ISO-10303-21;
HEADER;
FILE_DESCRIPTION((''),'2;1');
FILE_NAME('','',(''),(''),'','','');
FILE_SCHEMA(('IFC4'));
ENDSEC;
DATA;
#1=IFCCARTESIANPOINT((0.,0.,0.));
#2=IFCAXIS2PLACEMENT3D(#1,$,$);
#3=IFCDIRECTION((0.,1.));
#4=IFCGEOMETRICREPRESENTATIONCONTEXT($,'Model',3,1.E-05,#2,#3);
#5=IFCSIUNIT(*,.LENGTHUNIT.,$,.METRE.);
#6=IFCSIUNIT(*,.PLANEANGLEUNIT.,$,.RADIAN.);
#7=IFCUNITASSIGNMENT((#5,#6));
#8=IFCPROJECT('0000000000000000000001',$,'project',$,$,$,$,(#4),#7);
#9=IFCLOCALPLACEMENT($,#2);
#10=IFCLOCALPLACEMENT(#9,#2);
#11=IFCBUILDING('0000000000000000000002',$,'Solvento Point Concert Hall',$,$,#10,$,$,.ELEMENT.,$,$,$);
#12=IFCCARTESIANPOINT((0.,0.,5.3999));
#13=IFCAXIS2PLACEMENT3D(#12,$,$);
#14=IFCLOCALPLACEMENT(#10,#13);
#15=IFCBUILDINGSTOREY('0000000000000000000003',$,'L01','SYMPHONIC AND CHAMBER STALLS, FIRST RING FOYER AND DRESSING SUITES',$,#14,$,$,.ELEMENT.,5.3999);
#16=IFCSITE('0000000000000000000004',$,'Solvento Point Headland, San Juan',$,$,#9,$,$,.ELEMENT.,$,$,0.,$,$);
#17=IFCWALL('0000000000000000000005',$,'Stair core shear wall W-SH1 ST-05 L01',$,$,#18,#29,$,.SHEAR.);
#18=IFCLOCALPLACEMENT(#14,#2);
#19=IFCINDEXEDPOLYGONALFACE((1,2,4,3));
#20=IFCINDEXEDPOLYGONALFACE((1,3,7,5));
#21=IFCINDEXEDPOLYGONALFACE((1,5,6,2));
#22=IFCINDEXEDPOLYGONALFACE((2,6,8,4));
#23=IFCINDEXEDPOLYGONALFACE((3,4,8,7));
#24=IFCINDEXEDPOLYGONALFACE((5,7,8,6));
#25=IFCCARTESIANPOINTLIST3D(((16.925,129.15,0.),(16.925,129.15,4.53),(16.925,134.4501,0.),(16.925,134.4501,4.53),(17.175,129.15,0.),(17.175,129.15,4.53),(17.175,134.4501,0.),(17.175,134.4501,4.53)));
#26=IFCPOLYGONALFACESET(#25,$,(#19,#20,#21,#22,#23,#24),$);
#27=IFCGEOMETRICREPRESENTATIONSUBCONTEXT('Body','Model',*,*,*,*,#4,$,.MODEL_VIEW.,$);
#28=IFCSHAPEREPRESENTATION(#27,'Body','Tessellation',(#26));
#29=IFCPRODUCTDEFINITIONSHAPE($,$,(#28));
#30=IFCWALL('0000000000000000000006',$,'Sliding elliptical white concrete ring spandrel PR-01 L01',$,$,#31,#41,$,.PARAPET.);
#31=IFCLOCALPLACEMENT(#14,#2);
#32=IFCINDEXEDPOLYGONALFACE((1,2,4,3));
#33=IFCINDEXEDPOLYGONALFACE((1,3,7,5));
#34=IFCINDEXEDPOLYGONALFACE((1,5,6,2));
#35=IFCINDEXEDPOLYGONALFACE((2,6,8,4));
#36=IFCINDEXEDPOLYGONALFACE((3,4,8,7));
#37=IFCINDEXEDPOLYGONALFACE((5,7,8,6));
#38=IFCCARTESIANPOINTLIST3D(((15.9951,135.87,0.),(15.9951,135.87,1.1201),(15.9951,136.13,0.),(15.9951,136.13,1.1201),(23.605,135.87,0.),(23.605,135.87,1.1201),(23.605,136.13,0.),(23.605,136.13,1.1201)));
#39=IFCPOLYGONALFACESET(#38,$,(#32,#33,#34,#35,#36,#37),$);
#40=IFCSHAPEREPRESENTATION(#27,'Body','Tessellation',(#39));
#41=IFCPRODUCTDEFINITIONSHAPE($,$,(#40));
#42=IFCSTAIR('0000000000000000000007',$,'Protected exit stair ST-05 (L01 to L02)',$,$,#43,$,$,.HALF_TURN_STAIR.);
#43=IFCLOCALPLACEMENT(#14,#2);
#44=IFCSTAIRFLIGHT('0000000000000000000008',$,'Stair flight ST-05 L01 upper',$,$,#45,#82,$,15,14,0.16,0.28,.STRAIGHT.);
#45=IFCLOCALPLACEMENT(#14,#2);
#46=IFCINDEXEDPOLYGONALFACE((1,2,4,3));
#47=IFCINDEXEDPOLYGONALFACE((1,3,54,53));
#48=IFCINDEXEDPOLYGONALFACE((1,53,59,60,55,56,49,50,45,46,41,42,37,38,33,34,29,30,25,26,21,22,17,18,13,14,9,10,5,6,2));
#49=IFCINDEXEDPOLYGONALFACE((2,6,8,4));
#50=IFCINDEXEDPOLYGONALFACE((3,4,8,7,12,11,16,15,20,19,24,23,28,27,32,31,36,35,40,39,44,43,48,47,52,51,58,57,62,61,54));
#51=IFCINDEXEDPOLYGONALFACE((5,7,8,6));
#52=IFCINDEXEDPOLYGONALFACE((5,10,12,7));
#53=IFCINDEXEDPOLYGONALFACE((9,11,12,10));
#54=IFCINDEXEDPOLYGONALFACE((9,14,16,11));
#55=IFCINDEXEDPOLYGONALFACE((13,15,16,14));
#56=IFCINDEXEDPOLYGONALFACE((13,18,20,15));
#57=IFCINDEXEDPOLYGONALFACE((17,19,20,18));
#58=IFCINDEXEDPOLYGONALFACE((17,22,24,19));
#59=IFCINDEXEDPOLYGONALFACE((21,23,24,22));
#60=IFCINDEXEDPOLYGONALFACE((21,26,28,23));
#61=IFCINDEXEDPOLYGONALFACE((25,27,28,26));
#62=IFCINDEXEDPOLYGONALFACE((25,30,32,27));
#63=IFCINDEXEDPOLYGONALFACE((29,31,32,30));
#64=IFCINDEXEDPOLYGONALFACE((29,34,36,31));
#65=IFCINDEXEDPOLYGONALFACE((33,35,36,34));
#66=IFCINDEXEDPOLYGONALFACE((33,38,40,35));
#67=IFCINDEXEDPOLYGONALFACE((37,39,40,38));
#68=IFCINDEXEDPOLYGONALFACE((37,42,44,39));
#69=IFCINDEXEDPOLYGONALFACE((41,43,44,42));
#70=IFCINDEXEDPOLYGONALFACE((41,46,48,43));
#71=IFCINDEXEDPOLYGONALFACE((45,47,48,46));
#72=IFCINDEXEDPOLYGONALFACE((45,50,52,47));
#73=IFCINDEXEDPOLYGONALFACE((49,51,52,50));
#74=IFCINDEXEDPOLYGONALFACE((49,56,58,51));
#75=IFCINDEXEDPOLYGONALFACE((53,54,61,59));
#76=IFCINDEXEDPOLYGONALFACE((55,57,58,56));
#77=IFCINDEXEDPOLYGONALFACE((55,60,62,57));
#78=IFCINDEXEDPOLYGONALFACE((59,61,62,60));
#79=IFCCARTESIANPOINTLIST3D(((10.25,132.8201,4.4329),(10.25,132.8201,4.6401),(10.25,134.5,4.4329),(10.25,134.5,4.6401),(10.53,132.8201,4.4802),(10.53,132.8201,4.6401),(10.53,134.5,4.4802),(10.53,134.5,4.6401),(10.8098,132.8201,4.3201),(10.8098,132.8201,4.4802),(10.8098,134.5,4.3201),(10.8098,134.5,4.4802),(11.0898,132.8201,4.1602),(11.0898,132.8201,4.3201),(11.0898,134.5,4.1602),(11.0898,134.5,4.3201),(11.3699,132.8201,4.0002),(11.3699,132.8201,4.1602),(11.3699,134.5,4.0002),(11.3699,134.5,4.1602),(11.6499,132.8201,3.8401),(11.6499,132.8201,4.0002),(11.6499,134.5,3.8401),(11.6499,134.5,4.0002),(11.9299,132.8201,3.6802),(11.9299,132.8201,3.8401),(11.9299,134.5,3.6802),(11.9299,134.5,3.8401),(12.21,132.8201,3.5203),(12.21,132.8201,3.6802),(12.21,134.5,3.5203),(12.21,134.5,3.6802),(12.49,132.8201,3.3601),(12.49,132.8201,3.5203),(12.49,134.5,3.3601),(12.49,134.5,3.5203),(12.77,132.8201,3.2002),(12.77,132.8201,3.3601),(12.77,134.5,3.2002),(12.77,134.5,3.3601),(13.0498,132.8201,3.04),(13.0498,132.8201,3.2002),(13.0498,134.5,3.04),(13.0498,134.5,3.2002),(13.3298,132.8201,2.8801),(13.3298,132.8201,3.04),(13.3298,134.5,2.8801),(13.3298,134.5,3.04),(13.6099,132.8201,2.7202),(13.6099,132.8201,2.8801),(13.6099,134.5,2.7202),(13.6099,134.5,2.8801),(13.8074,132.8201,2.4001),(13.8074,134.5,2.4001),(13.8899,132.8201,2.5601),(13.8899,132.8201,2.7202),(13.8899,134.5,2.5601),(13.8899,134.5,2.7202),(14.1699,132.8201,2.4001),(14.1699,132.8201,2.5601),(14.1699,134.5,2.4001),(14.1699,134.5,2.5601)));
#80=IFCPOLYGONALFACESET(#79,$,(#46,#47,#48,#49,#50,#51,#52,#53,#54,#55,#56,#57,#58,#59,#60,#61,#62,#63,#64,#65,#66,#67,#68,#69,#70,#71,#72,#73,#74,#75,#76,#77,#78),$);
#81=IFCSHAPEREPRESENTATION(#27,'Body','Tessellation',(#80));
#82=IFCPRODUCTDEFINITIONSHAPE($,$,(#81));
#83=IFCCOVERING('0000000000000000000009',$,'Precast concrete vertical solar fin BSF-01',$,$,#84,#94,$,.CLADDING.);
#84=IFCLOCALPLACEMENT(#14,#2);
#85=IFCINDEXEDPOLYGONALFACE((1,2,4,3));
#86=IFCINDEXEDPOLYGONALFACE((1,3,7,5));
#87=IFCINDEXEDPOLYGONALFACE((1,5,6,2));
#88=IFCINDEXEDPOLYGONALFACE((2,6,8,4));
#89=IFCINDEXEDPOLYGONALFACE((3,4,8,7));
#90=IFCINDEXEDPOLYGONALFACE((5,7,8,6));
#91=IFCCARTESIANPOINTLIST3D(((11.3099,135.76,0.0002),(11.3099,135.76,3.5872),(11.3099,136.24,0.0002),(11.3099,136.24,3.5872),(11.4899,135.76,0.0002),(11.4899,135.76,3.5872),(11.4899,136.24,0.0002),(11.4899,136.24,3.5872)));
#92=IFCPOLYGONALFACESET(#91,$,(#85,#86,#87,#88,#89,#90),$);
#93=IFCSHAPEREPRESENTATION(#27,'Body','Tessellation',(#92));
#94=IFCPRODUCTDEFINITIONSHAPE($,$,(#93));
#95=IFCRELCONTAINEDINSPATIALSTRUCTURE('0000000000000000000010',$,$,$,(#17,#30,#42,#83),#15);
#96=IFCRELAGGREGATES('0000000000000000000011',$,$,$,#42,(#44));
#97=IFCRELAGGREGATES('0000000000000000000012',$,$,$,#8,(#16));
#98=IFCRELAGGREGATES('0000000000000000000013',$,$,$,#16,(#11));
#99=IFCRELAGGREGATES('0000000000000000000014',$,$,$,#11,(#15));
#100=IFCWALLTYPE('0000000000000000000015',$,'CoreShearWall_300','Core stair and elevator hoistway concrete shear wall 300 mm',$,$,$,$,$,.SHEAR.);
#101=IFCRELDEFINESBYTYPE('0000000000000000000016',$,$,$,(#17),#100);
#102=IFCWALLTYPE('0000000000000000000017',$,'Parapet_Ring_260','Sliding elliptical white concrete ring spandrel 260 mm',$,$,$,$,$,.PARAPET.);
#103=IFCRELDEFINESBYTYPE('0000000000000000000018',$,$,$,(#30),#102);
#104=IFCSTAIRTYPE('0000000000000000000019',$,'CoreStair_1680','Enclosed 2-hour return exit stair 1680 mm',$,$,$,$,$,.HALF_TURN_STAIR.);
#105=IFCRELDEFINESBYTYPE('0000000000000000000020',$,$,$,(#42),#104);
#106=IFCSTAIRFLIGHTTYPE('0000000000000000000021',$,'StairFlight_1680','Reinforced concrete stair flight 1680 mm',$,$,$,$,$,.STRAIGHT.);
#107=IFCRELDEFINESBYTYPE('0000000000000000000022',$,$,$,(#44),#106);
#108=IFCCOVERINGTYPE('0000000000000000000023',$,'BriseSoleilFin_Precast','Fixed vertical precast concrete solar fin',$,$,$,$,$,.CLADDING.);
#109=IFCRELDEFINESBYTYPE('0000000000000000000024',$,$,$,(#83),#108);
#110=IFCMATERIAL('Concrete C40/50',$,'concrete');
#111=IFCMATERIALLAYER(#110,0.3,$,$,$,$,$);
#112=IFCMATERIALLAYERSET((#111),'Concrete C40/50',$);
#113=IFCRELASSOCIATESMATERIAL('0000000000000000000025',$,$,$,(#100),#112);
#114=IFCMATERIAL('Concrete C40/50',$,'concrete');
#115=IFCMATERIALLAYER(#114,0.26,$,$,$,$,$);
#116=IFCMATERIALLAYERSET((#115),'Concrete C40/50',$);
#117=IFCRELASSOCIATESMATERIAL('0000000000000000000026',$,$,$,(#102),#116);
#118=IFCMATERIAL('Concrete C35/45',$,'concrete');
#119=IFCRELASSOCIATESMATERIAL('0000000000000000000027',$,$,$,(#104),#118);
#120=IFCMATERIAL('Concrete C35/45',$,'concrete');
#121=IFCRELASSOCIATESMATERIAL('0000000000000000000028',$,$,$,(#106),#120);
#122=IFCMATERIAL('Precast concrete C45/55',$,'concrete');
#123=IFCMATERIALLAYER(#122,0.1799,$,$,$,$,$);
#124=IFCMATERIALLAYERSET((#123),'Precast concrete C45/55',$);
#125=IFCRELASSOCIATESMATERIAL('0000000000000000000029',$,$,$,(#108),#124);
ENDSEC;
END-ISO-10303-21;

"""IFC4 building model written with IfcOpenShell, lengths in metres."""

from ifc_helpers import new_model, si_unit, direction, frame, frame_2d, origin, origin_2d, place, context, subcontext, project, spatial, polyline, rectangle, outline, extrude, material, layer, layer_set, type_object, element, aggregate, save


model = new_model("IFC4")

# Units and contexts
model_context = context("Model", 3, precision=1e-05, world=origin(), true_north=direction((0.0, 1.0)))
body_context = subcontext(model_context, "Body", "Model", "MODEL_VIEW")
ifc_project = project(units=[si_unit("LENGTHUNIT", "METRE"), si_unit("PLANEANGLEUNIT", "RADIAN")], contexts=[model_context])

# Site, building, storey
site_placement = place(None, origin())
site = spatial("IfcSite", under=ifc_project, at=site_placement, Name="Solvento Point Headland, San Juan", CompositionType="ELEMENT", RefElevation=0.0)
building_placement = place(site_placement, origin())
building = spatial("IfcBuilding", under=site, at=building_placement, Name="Solvento Point Concert Hall", CompositionType="ELEMENT")
storey_placement = place(building_placement, frame((0.0, 0.0, 5.3999)))
storey = spatial("IfcBuildingStorey", under=building, at=storey_placement, Name="L01", Description="SYMPHONIC AND CHAMBER STALLS, FIRST RING FOYER AND DRESSING SUITES", CompositionType="ELEMENT", Elevation=5.3999)

# Walls
ifc_material_1 = material(Name="Concrete C40/50", Category="concrete")
ifc_layer_1 = layer(ifc_material_1, 0.3)
ifc_layer_set_1 = layer_set([ifc_layer_1], Name="Concrete C40/50")
wall_type_1 = type_object("IfcWallType", Name="CoreShearWall_300", Description="Core stair and elevator hoistway concrete shear wall 300 mm", PredefinedType="SHEAR", material=ifc_layer_set_1)
wall_1_placement = place(storey_placement, frame((17.05, 134.45, 0.0), z_axis=(0.0, 0.0, 1.0), x_axis=(0.0, -1.0, 0.0)))
element("IfcWall", 1, at=wall_1_placement, inside=storey, type_object=wall_type_1, Name="Stair core shear wall W-SH1 ST-05 L01", PredefinedType="SHEAR", context=body_context, shape_type="SweptSolid", body=[
    extrude(rectangle(XDim=5.3, YDim=0.25, at=frame_2d((2.6499, 0.0))), origin(), (0.0, 0.0, 1.0), 4.53),
])
ifc_material_2 = material(Name="Concrete C40/50", Category="concrete")
ifc_layer_2 = layer(ifc_material_2, 0.26)
ifc_layer_set_2 = layer_set([ifc_layer_2], Name="Concrete C40/50")
wall_type_2 = type_object("IfcWallType", Name="Parapet_Ring_260", Description="Sliding elliptical white concrete ring spandrel 260 mm", PredefinedType="PARAPET", material=ifc_layer_set_2)
wall_2_placement = place(storey_placement, frame((15.9951, 136.0, 0.0), z_axis=(0.0, 0.0, 1.0), x_axis=(1.0, 0.0, 0.0)))
element("IfcWall", 2, at=wall_2_placement, inside=storey, type_object=wall_type_2, Name="Sliding elliptical white concrete ring spandrel PR-01 L01", PredefinedType="PARAPET", context=body_context, shape_type="SweptSolid", body=[
    extrude(rectangle(XDim=7.6099, YDim=0.26, at=frame_2d((3.8049, 0.0))), origin(), (0.0, 0.0, 1.0), 1.1201),
])

# Stair, stair flight
ifc_material_3 = material(Name="Concrete C35/45", Category="concrete")
stair_type = type_object("IfcStairType", Name="CoreStair_1680", Description="Enclosed 2-hour return exit stair 1680 mm", PredefinedType="HALF_TURN_STAIR", material=ifc_material_3)
stair_placement = place(storey_placement, origin())
stair = element("IfcStair", 3, at=stair_placement, inside=storey, type_object=stair_type, Name="Protected exit stair ST-05 (L01 to L02)", PredefinedType="HALF_TURN_STAIR")
ifc_material_4 = material(Name="Concrete C35/45", Category="concrete")
stair_flight_type = type_object("IfcStairFlightType", Name="StairFlight_1680", Description="Reinforced concrete stair flight 1680 mm", PredefinedType="STRAIGHT", material=ifc_material_4)
stair_flight_placement = place(storey_placement, frame((14.1699, 133.6599, 2.4001), z_axis=(0.0, 0.0, 1.0), x_axis=(-1.0, 0.0, 0.0)))
stair_flight = element("IfcStairFlight", 4, at=stair_flight_placement, type_object=stair_flight_type, Name="Stair flight ST-05 L01 upper", NumberOfRisers=15, NumberOfTreads=14, PredefinedType="STRAIGHT", RiserHeight=0.16, TreadLength=0.28, context=body_context, shape_type="SweptSolid", body=[
    extrude(outline(polyline([(0.0, 0.0), (0.0, 0.1599), (0.28, 0.1599), (0.28, 0.3201), (0.5601, 0.3201), (0.5601, 0.48), (0.8401, 0.48), (0.8401, 0.6399), (1.1201, 0.6399), (1.1201, 0.8), (1.3999, 0.8), (1.3999, 0.96), (1.6799, 0.96), (1.6799, 1.1201), (1.96, 1.1201), (1.96, 1.28), (2.24, 1.28), (2.24, 1.4399), (2.52, 1.4399), (2.52, 1.6001), (2.8, 1.6001), (2.8, 1.76), (3.0801, 1.76), (3.0801, 1.9199), (3.3601, 1.9199), (3.3601, 2.0801), (3.6399, 2.0801), (3.6399, 2.24), (3.9199, 2.24), (3.9199, 2.3999), (3.9199, 2.0327), (0.3625, 0.0), (0.0, 0.0)])), frame((0.0, 0.8398, 0.0), z_axis=(0.0, -1.0, 0.0), x_axis=(1.0, 0.0, 0.0)), (0.0, 0.0, 1.0), 1.6799),
])
aggregate(stair, [stair_flight])

# Covering
ifc_material_5 = material(Name="Precast concrete C45/55", Category="concrete")
ifc_layer_3 = layer(ifc_material_5, 0.1799)
ifc_layer_set_3 = layer_set([ifc_layer_3], Name="Precast concrete C45/55")
covering_type = type_object("IfcCoveringType", Name="BriseSoleilFin_Precast", Description="Fixed vertical precast concrete solar fin", PredefinedType="CLADDING", material=ifc_layer_set_3)
covering_placement = place(storey_placement, frame((11.3999, 136.0, 0.0002), z_axis=(0.0, 0.0, 1.0), x_axis=(1.0, 0.0, 0.0)))
element("IfcCovering", 5, at=covering_placement, inside=storey, type_object=covering_type, Name="Precast concrete vertical solar fin BSF-01", PredefinedType="CLADDING", context=body_context, shape_type="SweptSolid", body=[
    extrude(rectangle(XDim=0.1799, YDim=0.48, at=origin_2d()), origin(), (0.0, 0.0, 1.0), 3.5869),
])

save(model, "model.ifc")
